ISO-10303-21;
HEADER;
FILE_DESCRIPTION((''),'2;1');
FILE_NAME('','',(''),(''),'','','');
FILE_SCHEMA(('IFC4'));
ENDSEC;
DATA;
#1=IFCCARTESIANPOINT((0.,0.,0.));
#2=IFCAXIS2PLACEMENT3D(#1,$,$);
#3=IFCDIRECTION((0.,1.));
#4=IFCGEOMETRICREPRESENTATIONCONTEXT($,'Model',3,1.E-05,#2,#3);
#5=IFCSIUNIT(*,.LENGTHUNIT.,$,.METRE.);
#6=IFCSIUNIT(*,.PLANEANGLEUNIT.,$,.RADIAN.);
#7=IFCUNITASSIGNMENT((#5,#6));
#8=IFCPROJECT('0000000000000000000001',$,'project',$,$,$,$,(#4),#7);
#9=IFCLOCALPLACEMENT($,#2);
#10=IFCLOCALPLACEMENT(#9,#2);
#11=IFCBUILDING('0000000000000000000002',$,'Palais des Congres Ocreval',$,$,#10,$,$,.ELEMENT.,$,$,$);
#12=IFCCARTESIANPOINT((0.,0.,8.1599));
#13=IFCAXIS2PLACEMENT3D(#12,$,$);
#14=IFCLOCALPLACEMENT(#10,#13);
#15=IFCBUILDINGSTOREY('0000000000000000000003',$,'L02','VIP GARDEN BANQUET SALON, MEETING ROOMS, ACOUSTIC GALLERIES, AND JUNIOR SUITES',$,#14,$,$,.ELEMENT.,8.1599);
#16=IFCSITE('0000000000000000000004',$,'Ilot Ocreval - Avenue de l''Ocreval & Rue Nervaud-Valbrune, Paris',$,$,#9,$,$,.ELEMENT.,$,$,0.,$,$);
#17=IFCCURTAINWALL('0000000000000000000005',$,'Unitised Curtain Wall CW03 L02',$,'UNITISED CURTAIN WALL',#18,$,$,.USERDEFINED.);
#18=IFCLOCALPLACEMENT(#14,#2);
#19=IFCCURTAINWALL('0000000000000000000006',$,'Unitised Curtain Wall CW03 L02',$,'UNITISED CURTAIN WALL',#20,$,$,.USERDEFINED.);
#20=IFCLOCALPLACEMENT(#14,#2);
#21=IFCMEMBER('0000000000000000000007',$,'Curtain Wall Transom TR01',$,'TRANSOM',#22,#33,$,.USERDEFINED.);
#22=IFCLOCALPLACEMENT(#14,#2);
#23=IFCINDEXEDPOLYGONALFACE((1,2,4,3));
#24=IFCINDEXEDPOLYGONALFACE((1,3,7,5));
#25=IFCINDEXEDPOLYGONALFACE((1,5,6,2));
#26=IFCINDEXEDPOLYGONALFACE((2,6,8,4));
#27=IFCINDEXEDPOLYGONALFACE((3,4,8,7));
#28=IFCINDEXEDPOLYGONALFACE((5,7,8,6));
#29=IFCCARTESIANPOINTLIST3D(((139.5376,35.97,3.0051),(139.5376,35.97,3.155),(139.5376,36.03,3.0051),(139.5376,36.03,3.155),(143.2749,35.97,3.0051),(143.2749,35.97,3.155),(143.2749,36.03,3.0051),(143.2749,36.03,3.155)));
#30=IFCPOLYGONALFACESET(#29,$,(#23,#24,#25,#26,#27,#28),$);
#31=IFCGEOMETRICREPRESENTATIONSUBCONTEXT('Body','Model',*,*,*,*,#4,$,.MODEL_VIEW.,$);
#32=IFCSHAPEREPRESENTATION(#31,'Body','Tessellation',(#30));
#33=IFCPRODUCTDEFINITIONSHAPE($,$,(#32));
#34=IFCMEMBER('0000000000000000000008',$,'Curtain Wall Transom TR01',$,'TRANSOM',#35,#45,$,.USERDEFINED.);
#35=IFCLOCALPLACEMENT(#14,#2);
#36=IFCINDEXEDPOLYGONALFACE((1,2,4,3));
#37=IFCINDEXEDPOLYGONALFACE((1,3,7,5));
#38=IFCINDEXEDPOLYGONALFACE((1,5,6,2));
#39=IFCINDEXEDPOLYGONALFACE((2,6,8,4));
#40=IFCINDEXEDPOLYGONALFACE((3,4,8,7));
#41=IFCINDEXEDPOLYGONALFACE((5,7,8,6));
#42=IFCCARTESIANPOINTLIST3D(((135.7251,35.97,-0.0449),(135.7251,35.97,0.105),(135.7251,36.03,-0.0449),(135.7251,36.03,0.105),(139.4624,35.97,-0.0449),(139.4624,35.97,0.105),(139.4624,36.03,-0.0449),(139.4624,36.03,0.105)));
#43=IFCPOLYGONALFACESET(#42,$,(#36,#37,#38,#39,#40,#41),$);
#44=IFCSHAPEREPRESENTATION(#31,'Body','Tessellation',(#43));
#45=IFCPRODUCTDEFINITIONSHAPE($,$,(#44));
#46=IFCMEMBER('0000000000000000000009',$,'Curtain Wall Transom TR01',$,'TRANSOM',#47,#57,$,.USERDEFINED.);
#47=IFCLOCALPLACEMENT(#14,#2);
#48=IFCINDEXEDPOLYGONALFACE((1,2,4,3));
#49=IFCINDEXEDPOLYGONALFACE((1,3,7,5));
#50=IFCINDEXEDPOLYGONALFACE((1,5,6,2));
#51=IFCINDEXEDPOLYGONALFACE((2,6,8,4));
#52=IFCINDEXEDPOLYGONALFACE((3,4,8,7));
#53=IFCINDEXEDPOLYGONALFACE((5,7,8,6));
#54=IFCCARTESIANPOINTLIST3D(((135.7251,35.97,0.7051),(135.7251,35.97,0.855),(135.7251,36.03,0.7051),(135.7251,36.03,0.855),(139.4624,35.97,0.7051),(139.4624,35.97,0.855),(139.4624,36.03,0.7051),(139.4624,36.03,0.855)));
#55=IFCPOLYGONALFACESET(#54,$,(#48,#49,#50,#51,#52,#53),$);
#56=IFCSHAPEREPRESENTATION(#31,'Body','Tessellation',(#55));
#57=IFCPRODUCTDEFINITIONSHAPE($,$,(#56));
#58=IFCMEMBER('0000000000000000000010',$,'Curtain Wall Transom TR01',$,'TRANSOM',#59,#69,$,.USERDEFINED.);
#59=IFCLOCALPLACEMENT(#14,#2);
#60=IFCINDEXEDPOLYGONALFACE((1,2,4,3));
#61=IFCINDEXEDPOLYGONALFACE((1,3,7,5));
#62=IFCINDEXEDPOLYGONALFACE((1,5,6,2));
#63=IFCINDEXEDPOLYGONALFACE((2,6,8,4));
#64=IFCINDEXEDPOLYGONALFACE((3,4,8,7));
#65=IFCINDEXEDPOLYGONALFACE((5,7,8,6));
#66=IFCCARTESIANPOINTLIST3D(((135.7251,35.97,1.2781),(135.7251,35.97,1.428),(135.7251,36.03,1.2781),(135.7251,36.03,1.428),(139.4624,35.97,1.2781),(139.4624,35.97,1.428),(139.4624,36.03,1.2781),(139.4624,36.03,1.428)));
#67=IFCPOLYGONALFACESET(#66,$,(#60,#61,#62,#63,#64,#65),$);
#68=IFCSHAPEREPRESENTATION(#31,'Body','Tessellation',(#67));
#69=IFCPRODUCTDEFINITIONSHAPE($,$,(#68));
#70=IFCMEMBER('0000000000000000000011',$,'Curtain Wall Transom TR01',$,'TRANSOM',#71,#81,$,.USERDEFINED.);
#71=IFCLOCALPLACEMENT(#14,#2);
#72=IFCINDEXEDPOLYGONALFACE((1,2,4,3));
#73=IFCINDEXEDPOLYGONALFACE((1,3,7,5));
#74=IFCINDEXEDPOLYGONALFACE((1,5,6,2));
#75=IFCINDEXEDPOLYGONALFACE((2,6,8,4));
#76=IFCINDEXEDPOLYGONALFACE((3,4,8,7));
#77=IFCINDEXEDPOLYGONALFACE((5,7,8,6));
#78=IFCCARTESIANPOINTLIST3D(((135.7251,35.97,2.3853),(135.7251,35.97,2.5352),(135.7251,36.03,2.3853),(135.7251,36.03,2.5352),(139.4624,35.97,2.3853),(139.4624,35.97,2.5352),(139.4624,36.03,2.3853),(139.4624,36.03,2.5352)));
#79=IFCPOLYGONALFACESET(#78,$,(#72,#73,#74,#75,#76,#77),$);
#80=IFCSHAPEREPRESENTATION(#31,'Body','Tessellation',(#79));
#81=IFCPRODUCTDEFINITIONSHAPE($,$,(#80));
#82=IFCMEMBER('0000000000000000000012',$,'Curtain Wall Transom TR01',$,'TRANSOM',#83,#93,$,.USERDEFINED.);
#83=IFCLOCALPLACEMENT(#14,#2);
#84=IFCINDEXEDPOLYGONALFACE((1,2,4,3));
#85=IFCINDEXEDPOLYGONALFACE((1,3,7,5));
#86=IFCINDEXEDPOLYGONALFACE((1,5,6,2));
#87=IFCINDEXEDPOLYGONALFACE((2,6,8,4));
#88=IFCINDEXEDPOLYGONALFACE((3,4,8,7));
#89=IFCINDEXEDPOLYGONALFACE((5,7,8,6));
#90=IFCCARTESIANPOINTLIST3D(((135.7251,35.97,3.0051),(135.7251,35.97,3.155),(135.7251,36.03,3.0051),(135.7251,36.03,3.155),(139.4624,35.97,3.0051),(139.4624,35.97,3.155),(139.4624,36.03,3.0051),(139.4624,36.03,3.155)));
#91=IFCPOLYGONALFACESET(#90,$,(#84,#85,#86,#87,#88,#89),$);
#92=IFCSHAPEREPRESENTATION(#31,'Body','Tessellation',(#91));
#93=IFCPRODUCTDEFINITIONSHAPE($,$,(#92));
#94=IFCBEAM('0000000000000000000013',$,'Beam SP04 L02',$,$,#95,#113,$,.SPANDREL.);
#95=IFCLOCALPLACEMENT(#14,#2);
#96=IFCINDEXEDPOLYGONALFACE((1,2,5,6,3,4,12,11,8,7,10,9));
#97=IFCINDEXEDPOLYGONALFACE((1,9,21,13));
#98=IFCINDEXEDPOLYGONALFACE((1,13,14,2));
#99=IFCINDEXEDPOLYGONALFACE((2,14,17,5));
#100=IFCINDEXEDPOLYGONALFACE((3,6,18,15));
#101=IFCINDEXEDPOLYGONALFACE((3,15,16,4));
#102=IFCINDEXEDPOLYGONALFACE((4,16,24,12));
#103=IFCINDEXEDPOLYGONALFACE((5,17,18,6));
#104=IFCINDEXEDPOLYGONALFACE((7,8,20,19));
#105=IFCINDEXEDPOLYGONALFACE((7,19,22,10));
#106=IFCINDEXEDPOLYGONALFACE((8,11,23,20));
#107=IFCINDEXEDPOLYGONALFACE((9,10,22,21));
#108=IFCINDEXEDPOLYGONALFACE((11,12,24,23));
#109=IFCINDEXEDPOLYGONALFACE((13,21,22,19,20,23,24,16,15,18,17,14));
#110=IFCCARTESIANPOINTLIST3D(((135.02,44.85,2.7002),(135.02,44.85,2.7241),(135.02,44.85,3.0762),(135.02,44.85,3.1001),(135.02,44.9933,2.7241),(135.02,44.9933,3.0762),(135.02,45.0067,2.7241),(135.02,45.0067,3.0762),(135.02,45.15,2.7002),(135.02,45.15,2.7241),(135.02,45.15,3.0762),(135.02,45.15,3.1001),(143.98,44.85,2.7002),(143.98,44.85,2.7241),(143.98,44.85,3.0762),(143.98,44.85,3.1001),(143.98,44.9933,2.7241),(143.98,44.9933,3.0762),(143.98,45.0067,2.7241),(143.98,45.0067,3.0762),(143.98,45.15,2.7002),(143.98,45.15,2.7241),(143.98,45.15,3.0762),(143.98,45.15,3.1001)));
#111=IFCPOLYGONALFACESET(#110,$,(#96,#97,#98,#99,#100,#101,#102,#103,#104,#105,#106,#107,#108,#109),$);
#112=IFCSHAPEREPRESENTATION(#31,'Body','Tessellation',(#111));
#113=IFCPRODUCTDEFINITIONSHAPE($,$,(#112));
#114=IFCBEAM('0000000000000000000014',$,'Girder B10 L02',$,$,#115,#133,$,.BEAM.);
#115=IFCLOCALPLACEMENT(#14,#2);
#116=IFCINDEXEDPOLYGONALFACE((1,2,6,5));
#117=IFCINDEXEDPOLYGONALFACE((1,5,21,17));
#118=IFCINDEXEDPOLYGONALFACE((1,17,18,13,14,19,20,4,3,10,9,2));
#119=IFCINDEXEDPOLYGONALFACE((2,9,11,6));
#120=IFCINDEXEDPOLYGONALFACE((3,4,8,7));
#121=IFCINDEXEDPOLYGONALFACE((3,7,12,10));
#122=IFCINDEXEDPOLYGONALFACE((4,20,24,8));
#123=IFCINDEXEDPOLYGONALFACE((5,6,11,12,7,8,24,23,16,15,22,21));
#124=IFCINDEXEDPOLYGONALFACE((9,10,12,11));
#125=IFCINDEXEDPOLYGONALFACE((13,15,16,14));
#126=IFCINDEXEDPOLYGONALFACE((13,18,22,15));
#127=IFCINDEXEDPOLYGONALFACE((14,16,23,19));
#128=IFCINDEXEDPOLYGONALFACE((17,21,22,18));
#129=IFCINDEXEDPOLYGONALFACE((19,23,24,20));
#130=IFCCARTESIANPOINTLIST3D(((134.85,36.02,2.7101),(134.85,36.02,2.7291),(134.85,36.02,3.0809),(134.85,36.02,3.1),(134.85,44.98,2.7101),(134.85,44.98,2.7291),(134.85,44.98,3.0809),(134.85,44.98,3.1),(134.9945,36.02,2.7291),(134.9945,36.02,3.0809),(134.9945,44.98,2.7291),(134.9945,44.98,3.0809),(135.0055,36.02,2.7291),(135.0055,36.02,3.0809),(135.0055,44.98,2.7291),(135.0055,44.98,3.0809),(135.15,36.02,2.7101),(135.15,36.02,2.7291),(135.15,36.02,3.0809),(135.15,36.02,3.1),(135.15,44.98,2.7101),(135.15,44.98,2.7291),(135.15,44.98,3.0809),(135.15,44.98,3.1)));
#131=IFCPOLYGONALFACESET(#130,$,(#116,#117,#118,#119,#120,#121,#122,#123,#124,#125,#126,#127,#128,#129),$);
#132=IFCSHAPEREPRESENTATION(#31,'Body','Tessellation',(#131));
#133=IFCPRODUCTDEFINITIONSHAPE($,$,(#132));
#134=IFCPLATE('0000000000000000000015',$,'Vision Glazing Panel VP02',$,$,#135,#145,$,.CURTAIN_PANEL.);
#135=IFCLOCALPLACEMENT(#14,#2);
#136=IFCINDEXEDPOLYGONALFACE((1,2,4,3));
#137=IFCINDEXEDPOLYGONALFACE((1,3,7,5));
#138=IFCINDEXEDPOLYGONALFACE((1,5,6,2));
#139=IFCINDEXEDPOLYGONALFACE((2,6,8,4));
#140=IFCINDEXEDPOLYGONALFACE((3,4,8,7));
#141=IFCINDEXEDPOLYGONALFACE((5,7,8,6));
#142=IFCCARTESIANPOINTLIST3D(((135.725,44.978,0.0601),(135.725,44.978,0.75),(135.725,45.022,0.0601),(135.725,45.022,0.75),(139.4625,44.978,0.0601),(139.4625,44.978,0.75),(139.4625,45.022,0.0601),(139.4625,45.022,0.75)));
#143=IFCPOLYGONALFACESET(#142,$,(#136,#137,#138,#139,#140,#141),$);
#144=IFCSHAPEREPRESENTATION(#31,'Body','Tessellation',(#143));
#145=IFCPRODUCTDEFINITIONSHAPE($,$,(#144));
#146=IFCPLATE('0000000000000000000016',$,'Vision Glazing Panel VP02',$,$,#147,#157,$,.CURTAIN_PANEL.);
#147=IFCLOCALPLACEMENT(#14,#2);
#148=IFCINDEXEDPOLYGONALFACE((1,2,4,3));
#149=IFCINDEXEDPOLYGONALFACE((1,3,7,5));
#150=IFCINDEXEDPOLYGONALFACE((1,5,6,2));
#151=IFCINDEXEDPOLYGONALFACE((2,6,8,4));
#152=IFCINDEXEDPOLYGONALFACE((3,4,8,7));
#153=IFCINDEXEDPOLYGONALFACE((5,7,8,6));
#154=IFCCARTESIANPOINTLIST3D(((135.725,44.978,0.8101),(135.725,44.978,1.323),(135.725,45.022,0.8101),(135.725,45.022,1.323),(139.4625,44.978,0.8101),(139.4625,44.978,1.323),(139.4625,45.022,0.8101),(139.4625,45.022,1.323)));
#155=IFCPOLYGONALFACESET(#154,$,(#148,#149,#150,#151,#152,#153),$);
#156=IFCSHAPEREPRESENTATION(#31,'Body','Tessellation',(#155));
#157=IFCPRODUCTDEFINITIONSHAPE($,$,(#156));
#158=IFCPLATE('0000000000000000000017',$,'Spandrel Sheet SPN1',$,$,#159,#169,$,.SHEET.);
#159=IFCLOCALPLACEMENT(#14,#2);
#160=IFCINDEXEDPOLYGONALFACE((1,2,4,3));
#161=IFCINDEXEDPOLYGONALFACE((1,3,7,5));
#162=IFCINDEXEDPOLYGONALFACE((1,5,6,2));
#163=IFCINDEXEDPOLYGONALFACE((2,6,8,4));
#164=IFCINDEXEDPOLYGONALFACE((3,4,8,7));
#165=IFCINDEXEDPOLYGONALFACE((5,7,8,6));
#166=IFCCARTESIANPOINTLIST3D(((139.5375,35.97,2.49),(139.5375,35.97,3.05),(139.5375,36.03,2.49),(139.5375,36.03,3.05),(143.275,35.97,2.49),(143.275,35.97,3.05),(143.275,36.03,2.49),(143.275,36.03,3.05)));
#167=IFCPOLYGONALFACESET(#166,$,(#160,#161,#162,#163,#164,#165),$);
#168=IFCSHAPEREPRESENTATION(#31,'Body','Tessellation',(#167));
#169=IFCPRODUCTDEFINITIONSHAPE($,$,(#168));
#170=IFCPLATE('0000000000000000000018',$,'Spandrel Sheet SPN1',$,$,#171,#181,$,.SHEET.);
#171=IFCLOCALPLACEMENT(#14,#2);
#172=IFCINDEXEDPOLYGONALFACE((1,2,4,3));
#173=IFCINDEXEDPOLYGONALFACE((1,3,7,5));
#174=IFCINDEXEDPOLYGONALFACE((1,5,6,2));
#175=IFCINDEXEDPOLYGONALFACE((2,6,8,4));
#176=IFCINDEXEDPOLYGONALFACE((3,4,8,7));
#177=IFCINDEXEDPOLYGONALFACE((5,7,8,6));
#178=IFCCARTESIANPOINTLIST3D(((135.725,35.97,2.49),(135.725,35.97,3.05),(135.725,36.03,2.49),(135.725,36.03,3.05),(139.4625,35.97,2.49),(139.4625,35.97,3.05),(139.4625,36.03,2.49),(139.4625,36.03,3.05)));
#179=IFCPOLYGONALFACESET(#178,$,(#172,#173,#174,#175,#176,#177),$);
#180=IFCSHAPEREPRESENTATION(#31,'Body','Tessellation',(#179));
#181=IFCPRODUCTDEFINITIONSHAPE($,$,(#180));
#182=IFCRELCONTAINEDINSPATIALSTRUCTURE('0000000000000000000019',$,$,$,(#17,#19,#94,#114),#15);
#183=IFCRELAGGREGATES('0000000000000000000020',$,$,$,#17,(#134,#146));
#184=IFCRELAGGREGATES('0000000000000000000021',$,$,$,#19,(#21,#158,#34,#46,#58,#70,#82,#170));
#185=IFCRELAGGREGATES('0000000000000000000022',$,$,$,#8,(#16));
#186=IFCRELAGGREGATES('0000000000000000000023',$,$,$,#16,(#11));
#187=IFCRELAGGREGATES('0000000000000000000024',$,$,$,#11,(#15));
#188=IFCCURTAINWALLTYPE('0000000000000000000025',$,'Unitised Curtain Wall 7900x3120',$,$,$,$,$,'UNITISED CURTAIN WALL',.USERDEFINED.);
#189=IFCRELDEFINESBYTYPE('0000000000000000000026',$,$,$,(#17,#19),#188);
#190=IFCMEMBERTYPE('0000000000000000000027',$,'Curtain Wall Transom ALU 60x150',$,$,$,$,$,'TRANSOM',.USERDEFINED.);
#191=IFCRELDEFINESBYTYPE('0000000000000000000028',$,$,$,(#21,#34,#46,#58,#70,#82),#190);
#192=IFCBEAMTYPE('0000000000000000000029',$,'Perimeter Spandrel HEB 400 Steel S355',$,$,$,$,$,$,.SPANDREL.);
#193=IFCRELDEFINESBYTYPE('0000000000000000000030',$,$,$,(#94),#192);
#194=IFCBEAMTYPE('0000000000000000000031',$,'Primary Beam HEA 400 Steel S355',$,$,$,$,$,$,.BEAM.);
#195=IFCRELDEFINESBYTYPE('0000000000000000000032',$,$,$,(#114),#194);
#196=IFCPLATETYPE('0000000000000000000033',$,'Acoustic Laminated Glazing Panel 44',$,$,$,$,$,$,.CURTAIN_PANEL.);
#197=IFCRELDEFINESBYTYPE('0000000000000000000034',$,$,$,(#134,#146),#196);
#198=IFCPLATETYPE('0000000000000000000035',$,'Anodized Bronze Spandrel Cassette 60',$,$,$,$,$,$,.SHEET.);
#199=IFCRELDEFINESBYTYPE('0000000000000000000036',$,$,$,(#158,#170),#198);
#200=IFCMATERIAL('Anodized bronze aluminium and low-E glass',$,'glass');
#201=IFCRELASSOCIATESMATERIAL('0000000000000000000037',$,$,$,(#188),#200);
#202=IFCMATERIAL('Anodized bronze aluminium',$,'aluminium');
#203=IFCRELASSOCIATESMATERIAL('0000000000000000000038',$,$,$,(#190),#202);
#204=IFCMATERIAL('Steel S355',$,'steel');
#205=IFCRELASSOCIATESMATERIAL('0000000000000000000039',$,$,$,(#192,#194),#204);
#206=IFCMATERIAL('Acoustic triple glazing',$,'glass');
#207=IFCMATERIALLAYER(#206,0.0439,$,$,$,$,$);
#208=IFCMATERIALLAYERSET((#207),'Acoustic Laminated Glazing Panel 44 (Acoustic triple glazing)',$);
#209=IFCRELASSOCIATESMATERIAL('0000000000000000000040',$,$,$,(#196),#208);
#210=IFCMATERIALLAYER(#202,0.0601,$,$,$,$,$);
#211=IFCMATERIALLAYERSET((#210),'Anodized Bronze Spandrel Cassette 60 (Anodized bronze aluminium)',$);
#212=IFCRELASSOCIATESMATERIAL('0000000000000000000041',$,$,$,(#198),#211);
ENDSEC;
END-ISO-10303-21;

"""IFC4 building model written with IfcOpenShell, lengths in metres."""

from ifc_helpers import new_model, si_unit, direction, frame, origin, origin_2d, place, context, subcontext, project, spatial, rectangle, i_section, extrude, material, layer, layer_set, material_profile, profile_set, type_object, element, aggregate, save


model = new_model("IFC4")

# Units and contexts
model_context = context("Model", 3, precision=1e-05, world=origin(), true_north=direction((0.0, 1.0)))
body_context = subcontext(model_context, "Body", "Model", "MODEL_VIEW")
ifc_project = project(units=[si_unit("LENGTHUNIT", "METRE"), si_unit("PLANEANGLEUNIT", "RADIAN")], contexts=[model_context])

# Site, building, storey
site_placement = place(None, origin())
site = spatial("IfcSite", under=ifc_project, at=site_placement, Name="Ilot Ocreval - Avenue de l'Ocreval & Rue Nervaud-Valbrune, Paris", CompositionType="ELEMENT", RefElevation=0.0)
building_placement = place(site_placement, origin())
building = spatial("IfcBuilding", under=site, at=building_placement, Name="Palais des Congres Ocreval", CompositionType="ELEMENT")
storey_placement = place(building_placement, frame((0.0, 0.0, 8.1599)))
storey = spatial("IfcBuildingStorey", under=building, at=storey_placement, Name="L02", Description="VIP GARDEN BANQUET SALON, MEETING ROOMS, ACOUSTIC GALLERIES, AND JUNIOR SUITES", CompositionType="ELEMENT", Elevation=8.1599)

# Shared definitions
ifc_material_1 = material(Name="Steel S355", Category="steel")

# Curtain wall
ifc_material_2 = material(Name="Anodized bronze aluminium and low-E glass", Category="glass")
curtain_wall_type = type_object("IfcCurtainWallType", Name="Unitised Curtain Wall 7900x3120", ElementType="UNITISED CURTAIN WALL", PredefinedType="USERDEFINED", material=ifc_material_2)
curtain_wall_1_placement = place(storey_placement, origin())
curtain_wall_1 = element("IfcCurtainWall", 1, at=curtain_wall_1_placement, inside=storey, type_object=curtain_wall_type, Name="Unitised Curtain Wall CW03 L02", ObjectType="UNITISED CURTAIN WALL", PredefinedType="USERDEFINED")
ifc_material_3 = material(Name="Anodized bronze aluminium", Category="aluminium")

# Curtain wall
curtain_wall_2_placement = place(storey_placement, origin())
curtain_wall_2 = element("IfcCurtainWall", 2, at=curtain_wall_2_placement, inside=storey, type_object=curtain_wall_type, Name="Unitised Curtain Wall CW03 L02", ObjectType="UNITISED CURTAIN WALL", PredefinedType="USERDEFINED")

# Members
ifc_material_profile_1 = material_profile(ifc_material_3, rectangle(XDim=0.0601, YDim=0.1499, at=origin_2d()), Name="ALU 60x150")
ifc_profile_set_1 = profile_set([ifc_material_profile_1], Name="Anodized bronze aluminium")
member_type_1 = type_object("IfcMemberType", Name="Curtain Wall Transom ALU 60x150", ElementType="TRANSOM", PredefinedType="USERDEFINED", material=ifc_profile_set_1)
member_1_placement = place(storey_placement, frame((143.2749, 36.0, 3.0801), z_axis=(-1.0, 0.0, 0.0), x_axis=(0.0, -1.0, 0.0)))
member_1 = element("IfcMember", 3, at=member_1_placement, type_object=member_type_1, Name="Curtain Wall Transom TR01", ObjectType="TRANSOM", PredefinedType="USERDEFINED", context=body_context, shape_type="SweptSolid", body=[
    extrude(rectangle(XDim=0.0601, YDim=0.1499, at=origin_2d()), origin(), (0.0, 0.0, 1.0), 3.7373),
])
member_2_placement = place(storey_placement, frame((139.4624, 36.0, 0.03), z_axis=(-1.0, 0.0, 0.0), x_axis=(0.0, -1.0, 0.0)))
member_2 = element("IfcMember", 4, at=member_2_placement, type_object=member_type_1, Name="Curtain Wall Transom TR01", ObjectType="TRANSOM", PredefinedType="USERDEFINED", context=body_context, shape_type="SweptSolid", body=[
    extrude(rectangle(XDim=0.0601, YDim=0.1499, at=origin_2d()), origin(), (0.0, 0.0, 1.0), 3.7373),
])
member_3_placement = place(storey_placement, frame((139.4624, 36.0, 0.78), z_axis=(-1.0, 0.0, 0.0), x_axis=(0.0, -1.0, 0.0)))
member_3 = element("IfcMember", 5, at=member_3_placement, type_object=member_type_1, Name="Curtain Wall Transom TR01", ObjectType="TRANSOM", PredefinedType="USERDEFINED", context=body_context, shape_type="SweptSolid", body=[
    extrude(rectangle(XDim=0.0601, YDim=0.1499, at=origin_2d()), origin(), (0.0, 0.0, 1.0), 3.7373),
])
member_4_placement = place(storey_placement, frame((139.4624, 36.0, 1.353), z_axis=(-1.0, 0.0, 0.0), x_axis=(0.0, -1.0, 0.0)))
member_4 = element("IfcMember", 6, at=member_4_placement, type_object=member_type_1, Name="Curtain Wall Transom TR01", ObjectType="TRANSOM", PredefinedType="USERDEFINED", context=body_context, shape_type="SweptSolid", body=[
    extrude(rectangle(XDim=0.0601, YDim=0.1499, at=origin_2d()), origin(), (0.0, 0.0, 1.0), 3.7373),
])
member_5_placement = place(storey_placement, frame((139.4624, 36.0, 2.4602), z_axis=(-1.0, 0.0, 0.0), x_axis=(0.0, -1.0, 0.0)))
member_5 = element("IfcMember", 7, at=member_5_placement, type_object=member_type_1, Name="Curtain Wall Transom TR01", ObjectType="TRANSOM", PredefinedType="USERDEFINED", context=body_context, shape_type="SweptSolid", body=[
    extrude(rectangle(XDim=0.0601, YDim=0.1499, at=origin_2d()), origin(), (0.0, 0.0, 1.0), 3.7373),
])
member_6_placement = place(storey_placement, frame((139.4624, 36.0, 3.0801), z_axis=(-1.0, 0.0, 0.0), x_axis=(0.0, -1.0, 0.0)))
member_6 = element("IfcMember", 8, at=member_6_placement, type_object=member_type_1, Name="Curtain Wall Transom TR01", ObjectType="TRANSOM", PredefinedType="USERDEFINED", context=body_context, shape_type="SweptSolid", body=[
    extrude(rectangle(XDim=0.0601, YDim=0.1499, at=origin_2d()), origin(), (0.0, 0.0, 1.0), 3.7373),
])

# Beams
ifc_material_profile_2 = material_profile(ifc_material_1, i_section(OverallWidth=0.3, OverallDepth=0.3999, WebThickness=0.0134, FlangeThickness=0.0239, at=origin_2d()), Name="HEB 400")
ifc_profile_set_2 = profile_set([ifc_material_profile_2], Name="Steel S355")
beam_type_1 = type_object("IfcBeamType", Name="Perimeter Spandrel HEB 400 Steel S355", PredefinedType="SPANDREL", material=ifc_profile_set_2)
beam_1_placement = place(storey_placement, frame((135.02, 45.0, 2.9001), z_axis=(1.0, 0.0, 0.0), x_axis=(0.0, 1.0, 0.0)))
element("IfcBeam", 9, at=beam_1_placement, inside=storey, type_object=beam_type_1, Name="Beam SP04 L02", PredefinedType="SPANDREL", context=body_context, shape_type="SweptSolid", body=[
    extrude(i_section(OverallWidth=0.3, OverallDepth=0.3999, WebThickness=0.0134, FlangeThickness=0.0239, at=origin_2d()), origin(), (0.0, 0.0, 1.0), 8.96),
])
ifc_material_profile_3 = material_profile(ifc_material_1, i_section(OverallWidth=0.3, OverallDepth=0.3899, WebThickness=0.011, FlangeThickness=0.019, at=origin_2d()), Name="HEA 400")
ifc_profile_set_3 = profile_set([ifc_material_profile_3], Name="Steel S355")
beam_type_2 = type_object("IfcBeamType", Name="Primary Beam HEA 400 Steel S355", PredefinedType="BEAM", material=ifc_profile_set_3)
beam_2_placement = place(storey_placement, frame((135.0, 36.02, 2.905), z_axis=(0.0, 1.0, 0.0), x_axis=(-1.0, 0.0, 0.0)))
element("IfcBeam", 10, at=beam_2_placement, inside=storey, type_object=beam_type_2, Name="Girder B10 L02", PredefinedType="BEAM", context=body_context, shape_type="SweptSolid", body=[
    extrude(i_section(OverallWidth=0.3, OverallDepth=0.3899, WebThickness=0.011, FlangeThickness=0.019, at=origin_2d()), origin(), (0.0, 0.0, 1.0), 8.96),
])

# Plates
ifc_material_4 = material(Name="Acoustic triple glazing", Category="glass")
ifc_layer_1 = layer(ifc_material_4, 0.0439)
ifc_layer_set_1 = layer_set([ifc_layer_1], Name="Acoustic Laminated Glazing Panel 44 (Acoustic triple glazing)")
plate_type_1 = type_object("IfcPlateType", Name="Acoustic Laminated Glazing Panel 44", PredefinedType="CURTAIN_PANEL", material=ifc_layer_set_1)
plate_1_placement = place(storey_placement, frame((137.5938, 45.0, 0.0601), z_axis=(0.0, 0.0, 1.0), x_axis=(1.0, 0.0, 0.0)))
plate_1 = element("IfcPlate", 11, at=plate_1_placement, type_object=plate_type_1, Name="Vision Glazing Panel VP02", PredefinedType="CURTAIN_PANEL", context=body_context, shape_type="SweptSolid", body=[
    extrude(rectangle(XDim=3.7375, YDim=0.0439, at=origin_2d()), origin(), (0.0, 0.0, 1.0), 0.6899),
])
plate_2_placement = place(storey_placement, frame((137.5938, 45.0, 0.8101), z_axis=(0.0, 0.0, 1.0), x_axis=(1.0, 0.0, 0.0)))
plate_2 = element("IfcPlate", 12, at=plate_2_placement, type_object=plate_type_1, Name="Vision Glazing Panel VP02", PredefinedType="CURTAIN_PANEL", context=body_context, shape_type="SweptSolid", body=[
    extrude(rectangle(XDim=3.7375, YDim=0.0439, at=origin_2d()), origin(), (0.0, 0.0, 1.0), 0.5129),
])
aggregate(curtain_wall_1, [plate_1, plate_2])
ifc_layer_2 = layer(ifc_material_3, 0.0601)
ifc_layer_set_2 = layer_set([ifc_layer_2], Name="Anodized Bronze Spandrel Cassette 60 (Anodized bronze aluminium)")
plate_type_2 = type_object("IfcPlateType", Name="Anodized Bronze Spandrel Cassette 60", PredefinedType="SHEET", material=ifc_layer_set_2)
plate_3_placement = place(storey_placement, frame((141.4062, 36.0, 2.49), z_axis=(0.0, 0.0, 1.0), x_axis=(-1.0, 0.0, 0.0)))
plate_3 = element("IfcPlate", 13, at=plate_3_placement, type_object=plate_type_2, Name="Spandrel Sheet SPN1", PredefinedType="SHEET", context=body_context, shape_type="SweptSolid", body=[
    extrude(rectangle(XDim=3.7375, YDim=0.0601, at=origin_2d()), origin(), (0.0, 0.0, 1.0), 0.5601),
])
plate_4_placement = place(storey_placement, frame((137.5938, 36.0, 2.49), z_axis=(0.0, 0.0, 1.0), x_axis=(-1.0, 0.0, 0.0)))
plate_4 = element("IfcPlate", 14, at=plate_4_placement, type_object=plate_type_2, Name="Spandrel Sheet SPN1", PredefinedType="SHEET", context=body_context, shape_type="SweptSolid", body=[
    extrude(rectangle(XDim=3.7375, YDim=0.0601, at=origin_2d()), origin(), (0.0, 0.0, 1.0), 0.5601),
])
aggregate(curtain_wall_2, [member_1, plate_3, member_2, member_3, member_4, member_5, member_6, plate_4])

save(model, "model.ifc")
